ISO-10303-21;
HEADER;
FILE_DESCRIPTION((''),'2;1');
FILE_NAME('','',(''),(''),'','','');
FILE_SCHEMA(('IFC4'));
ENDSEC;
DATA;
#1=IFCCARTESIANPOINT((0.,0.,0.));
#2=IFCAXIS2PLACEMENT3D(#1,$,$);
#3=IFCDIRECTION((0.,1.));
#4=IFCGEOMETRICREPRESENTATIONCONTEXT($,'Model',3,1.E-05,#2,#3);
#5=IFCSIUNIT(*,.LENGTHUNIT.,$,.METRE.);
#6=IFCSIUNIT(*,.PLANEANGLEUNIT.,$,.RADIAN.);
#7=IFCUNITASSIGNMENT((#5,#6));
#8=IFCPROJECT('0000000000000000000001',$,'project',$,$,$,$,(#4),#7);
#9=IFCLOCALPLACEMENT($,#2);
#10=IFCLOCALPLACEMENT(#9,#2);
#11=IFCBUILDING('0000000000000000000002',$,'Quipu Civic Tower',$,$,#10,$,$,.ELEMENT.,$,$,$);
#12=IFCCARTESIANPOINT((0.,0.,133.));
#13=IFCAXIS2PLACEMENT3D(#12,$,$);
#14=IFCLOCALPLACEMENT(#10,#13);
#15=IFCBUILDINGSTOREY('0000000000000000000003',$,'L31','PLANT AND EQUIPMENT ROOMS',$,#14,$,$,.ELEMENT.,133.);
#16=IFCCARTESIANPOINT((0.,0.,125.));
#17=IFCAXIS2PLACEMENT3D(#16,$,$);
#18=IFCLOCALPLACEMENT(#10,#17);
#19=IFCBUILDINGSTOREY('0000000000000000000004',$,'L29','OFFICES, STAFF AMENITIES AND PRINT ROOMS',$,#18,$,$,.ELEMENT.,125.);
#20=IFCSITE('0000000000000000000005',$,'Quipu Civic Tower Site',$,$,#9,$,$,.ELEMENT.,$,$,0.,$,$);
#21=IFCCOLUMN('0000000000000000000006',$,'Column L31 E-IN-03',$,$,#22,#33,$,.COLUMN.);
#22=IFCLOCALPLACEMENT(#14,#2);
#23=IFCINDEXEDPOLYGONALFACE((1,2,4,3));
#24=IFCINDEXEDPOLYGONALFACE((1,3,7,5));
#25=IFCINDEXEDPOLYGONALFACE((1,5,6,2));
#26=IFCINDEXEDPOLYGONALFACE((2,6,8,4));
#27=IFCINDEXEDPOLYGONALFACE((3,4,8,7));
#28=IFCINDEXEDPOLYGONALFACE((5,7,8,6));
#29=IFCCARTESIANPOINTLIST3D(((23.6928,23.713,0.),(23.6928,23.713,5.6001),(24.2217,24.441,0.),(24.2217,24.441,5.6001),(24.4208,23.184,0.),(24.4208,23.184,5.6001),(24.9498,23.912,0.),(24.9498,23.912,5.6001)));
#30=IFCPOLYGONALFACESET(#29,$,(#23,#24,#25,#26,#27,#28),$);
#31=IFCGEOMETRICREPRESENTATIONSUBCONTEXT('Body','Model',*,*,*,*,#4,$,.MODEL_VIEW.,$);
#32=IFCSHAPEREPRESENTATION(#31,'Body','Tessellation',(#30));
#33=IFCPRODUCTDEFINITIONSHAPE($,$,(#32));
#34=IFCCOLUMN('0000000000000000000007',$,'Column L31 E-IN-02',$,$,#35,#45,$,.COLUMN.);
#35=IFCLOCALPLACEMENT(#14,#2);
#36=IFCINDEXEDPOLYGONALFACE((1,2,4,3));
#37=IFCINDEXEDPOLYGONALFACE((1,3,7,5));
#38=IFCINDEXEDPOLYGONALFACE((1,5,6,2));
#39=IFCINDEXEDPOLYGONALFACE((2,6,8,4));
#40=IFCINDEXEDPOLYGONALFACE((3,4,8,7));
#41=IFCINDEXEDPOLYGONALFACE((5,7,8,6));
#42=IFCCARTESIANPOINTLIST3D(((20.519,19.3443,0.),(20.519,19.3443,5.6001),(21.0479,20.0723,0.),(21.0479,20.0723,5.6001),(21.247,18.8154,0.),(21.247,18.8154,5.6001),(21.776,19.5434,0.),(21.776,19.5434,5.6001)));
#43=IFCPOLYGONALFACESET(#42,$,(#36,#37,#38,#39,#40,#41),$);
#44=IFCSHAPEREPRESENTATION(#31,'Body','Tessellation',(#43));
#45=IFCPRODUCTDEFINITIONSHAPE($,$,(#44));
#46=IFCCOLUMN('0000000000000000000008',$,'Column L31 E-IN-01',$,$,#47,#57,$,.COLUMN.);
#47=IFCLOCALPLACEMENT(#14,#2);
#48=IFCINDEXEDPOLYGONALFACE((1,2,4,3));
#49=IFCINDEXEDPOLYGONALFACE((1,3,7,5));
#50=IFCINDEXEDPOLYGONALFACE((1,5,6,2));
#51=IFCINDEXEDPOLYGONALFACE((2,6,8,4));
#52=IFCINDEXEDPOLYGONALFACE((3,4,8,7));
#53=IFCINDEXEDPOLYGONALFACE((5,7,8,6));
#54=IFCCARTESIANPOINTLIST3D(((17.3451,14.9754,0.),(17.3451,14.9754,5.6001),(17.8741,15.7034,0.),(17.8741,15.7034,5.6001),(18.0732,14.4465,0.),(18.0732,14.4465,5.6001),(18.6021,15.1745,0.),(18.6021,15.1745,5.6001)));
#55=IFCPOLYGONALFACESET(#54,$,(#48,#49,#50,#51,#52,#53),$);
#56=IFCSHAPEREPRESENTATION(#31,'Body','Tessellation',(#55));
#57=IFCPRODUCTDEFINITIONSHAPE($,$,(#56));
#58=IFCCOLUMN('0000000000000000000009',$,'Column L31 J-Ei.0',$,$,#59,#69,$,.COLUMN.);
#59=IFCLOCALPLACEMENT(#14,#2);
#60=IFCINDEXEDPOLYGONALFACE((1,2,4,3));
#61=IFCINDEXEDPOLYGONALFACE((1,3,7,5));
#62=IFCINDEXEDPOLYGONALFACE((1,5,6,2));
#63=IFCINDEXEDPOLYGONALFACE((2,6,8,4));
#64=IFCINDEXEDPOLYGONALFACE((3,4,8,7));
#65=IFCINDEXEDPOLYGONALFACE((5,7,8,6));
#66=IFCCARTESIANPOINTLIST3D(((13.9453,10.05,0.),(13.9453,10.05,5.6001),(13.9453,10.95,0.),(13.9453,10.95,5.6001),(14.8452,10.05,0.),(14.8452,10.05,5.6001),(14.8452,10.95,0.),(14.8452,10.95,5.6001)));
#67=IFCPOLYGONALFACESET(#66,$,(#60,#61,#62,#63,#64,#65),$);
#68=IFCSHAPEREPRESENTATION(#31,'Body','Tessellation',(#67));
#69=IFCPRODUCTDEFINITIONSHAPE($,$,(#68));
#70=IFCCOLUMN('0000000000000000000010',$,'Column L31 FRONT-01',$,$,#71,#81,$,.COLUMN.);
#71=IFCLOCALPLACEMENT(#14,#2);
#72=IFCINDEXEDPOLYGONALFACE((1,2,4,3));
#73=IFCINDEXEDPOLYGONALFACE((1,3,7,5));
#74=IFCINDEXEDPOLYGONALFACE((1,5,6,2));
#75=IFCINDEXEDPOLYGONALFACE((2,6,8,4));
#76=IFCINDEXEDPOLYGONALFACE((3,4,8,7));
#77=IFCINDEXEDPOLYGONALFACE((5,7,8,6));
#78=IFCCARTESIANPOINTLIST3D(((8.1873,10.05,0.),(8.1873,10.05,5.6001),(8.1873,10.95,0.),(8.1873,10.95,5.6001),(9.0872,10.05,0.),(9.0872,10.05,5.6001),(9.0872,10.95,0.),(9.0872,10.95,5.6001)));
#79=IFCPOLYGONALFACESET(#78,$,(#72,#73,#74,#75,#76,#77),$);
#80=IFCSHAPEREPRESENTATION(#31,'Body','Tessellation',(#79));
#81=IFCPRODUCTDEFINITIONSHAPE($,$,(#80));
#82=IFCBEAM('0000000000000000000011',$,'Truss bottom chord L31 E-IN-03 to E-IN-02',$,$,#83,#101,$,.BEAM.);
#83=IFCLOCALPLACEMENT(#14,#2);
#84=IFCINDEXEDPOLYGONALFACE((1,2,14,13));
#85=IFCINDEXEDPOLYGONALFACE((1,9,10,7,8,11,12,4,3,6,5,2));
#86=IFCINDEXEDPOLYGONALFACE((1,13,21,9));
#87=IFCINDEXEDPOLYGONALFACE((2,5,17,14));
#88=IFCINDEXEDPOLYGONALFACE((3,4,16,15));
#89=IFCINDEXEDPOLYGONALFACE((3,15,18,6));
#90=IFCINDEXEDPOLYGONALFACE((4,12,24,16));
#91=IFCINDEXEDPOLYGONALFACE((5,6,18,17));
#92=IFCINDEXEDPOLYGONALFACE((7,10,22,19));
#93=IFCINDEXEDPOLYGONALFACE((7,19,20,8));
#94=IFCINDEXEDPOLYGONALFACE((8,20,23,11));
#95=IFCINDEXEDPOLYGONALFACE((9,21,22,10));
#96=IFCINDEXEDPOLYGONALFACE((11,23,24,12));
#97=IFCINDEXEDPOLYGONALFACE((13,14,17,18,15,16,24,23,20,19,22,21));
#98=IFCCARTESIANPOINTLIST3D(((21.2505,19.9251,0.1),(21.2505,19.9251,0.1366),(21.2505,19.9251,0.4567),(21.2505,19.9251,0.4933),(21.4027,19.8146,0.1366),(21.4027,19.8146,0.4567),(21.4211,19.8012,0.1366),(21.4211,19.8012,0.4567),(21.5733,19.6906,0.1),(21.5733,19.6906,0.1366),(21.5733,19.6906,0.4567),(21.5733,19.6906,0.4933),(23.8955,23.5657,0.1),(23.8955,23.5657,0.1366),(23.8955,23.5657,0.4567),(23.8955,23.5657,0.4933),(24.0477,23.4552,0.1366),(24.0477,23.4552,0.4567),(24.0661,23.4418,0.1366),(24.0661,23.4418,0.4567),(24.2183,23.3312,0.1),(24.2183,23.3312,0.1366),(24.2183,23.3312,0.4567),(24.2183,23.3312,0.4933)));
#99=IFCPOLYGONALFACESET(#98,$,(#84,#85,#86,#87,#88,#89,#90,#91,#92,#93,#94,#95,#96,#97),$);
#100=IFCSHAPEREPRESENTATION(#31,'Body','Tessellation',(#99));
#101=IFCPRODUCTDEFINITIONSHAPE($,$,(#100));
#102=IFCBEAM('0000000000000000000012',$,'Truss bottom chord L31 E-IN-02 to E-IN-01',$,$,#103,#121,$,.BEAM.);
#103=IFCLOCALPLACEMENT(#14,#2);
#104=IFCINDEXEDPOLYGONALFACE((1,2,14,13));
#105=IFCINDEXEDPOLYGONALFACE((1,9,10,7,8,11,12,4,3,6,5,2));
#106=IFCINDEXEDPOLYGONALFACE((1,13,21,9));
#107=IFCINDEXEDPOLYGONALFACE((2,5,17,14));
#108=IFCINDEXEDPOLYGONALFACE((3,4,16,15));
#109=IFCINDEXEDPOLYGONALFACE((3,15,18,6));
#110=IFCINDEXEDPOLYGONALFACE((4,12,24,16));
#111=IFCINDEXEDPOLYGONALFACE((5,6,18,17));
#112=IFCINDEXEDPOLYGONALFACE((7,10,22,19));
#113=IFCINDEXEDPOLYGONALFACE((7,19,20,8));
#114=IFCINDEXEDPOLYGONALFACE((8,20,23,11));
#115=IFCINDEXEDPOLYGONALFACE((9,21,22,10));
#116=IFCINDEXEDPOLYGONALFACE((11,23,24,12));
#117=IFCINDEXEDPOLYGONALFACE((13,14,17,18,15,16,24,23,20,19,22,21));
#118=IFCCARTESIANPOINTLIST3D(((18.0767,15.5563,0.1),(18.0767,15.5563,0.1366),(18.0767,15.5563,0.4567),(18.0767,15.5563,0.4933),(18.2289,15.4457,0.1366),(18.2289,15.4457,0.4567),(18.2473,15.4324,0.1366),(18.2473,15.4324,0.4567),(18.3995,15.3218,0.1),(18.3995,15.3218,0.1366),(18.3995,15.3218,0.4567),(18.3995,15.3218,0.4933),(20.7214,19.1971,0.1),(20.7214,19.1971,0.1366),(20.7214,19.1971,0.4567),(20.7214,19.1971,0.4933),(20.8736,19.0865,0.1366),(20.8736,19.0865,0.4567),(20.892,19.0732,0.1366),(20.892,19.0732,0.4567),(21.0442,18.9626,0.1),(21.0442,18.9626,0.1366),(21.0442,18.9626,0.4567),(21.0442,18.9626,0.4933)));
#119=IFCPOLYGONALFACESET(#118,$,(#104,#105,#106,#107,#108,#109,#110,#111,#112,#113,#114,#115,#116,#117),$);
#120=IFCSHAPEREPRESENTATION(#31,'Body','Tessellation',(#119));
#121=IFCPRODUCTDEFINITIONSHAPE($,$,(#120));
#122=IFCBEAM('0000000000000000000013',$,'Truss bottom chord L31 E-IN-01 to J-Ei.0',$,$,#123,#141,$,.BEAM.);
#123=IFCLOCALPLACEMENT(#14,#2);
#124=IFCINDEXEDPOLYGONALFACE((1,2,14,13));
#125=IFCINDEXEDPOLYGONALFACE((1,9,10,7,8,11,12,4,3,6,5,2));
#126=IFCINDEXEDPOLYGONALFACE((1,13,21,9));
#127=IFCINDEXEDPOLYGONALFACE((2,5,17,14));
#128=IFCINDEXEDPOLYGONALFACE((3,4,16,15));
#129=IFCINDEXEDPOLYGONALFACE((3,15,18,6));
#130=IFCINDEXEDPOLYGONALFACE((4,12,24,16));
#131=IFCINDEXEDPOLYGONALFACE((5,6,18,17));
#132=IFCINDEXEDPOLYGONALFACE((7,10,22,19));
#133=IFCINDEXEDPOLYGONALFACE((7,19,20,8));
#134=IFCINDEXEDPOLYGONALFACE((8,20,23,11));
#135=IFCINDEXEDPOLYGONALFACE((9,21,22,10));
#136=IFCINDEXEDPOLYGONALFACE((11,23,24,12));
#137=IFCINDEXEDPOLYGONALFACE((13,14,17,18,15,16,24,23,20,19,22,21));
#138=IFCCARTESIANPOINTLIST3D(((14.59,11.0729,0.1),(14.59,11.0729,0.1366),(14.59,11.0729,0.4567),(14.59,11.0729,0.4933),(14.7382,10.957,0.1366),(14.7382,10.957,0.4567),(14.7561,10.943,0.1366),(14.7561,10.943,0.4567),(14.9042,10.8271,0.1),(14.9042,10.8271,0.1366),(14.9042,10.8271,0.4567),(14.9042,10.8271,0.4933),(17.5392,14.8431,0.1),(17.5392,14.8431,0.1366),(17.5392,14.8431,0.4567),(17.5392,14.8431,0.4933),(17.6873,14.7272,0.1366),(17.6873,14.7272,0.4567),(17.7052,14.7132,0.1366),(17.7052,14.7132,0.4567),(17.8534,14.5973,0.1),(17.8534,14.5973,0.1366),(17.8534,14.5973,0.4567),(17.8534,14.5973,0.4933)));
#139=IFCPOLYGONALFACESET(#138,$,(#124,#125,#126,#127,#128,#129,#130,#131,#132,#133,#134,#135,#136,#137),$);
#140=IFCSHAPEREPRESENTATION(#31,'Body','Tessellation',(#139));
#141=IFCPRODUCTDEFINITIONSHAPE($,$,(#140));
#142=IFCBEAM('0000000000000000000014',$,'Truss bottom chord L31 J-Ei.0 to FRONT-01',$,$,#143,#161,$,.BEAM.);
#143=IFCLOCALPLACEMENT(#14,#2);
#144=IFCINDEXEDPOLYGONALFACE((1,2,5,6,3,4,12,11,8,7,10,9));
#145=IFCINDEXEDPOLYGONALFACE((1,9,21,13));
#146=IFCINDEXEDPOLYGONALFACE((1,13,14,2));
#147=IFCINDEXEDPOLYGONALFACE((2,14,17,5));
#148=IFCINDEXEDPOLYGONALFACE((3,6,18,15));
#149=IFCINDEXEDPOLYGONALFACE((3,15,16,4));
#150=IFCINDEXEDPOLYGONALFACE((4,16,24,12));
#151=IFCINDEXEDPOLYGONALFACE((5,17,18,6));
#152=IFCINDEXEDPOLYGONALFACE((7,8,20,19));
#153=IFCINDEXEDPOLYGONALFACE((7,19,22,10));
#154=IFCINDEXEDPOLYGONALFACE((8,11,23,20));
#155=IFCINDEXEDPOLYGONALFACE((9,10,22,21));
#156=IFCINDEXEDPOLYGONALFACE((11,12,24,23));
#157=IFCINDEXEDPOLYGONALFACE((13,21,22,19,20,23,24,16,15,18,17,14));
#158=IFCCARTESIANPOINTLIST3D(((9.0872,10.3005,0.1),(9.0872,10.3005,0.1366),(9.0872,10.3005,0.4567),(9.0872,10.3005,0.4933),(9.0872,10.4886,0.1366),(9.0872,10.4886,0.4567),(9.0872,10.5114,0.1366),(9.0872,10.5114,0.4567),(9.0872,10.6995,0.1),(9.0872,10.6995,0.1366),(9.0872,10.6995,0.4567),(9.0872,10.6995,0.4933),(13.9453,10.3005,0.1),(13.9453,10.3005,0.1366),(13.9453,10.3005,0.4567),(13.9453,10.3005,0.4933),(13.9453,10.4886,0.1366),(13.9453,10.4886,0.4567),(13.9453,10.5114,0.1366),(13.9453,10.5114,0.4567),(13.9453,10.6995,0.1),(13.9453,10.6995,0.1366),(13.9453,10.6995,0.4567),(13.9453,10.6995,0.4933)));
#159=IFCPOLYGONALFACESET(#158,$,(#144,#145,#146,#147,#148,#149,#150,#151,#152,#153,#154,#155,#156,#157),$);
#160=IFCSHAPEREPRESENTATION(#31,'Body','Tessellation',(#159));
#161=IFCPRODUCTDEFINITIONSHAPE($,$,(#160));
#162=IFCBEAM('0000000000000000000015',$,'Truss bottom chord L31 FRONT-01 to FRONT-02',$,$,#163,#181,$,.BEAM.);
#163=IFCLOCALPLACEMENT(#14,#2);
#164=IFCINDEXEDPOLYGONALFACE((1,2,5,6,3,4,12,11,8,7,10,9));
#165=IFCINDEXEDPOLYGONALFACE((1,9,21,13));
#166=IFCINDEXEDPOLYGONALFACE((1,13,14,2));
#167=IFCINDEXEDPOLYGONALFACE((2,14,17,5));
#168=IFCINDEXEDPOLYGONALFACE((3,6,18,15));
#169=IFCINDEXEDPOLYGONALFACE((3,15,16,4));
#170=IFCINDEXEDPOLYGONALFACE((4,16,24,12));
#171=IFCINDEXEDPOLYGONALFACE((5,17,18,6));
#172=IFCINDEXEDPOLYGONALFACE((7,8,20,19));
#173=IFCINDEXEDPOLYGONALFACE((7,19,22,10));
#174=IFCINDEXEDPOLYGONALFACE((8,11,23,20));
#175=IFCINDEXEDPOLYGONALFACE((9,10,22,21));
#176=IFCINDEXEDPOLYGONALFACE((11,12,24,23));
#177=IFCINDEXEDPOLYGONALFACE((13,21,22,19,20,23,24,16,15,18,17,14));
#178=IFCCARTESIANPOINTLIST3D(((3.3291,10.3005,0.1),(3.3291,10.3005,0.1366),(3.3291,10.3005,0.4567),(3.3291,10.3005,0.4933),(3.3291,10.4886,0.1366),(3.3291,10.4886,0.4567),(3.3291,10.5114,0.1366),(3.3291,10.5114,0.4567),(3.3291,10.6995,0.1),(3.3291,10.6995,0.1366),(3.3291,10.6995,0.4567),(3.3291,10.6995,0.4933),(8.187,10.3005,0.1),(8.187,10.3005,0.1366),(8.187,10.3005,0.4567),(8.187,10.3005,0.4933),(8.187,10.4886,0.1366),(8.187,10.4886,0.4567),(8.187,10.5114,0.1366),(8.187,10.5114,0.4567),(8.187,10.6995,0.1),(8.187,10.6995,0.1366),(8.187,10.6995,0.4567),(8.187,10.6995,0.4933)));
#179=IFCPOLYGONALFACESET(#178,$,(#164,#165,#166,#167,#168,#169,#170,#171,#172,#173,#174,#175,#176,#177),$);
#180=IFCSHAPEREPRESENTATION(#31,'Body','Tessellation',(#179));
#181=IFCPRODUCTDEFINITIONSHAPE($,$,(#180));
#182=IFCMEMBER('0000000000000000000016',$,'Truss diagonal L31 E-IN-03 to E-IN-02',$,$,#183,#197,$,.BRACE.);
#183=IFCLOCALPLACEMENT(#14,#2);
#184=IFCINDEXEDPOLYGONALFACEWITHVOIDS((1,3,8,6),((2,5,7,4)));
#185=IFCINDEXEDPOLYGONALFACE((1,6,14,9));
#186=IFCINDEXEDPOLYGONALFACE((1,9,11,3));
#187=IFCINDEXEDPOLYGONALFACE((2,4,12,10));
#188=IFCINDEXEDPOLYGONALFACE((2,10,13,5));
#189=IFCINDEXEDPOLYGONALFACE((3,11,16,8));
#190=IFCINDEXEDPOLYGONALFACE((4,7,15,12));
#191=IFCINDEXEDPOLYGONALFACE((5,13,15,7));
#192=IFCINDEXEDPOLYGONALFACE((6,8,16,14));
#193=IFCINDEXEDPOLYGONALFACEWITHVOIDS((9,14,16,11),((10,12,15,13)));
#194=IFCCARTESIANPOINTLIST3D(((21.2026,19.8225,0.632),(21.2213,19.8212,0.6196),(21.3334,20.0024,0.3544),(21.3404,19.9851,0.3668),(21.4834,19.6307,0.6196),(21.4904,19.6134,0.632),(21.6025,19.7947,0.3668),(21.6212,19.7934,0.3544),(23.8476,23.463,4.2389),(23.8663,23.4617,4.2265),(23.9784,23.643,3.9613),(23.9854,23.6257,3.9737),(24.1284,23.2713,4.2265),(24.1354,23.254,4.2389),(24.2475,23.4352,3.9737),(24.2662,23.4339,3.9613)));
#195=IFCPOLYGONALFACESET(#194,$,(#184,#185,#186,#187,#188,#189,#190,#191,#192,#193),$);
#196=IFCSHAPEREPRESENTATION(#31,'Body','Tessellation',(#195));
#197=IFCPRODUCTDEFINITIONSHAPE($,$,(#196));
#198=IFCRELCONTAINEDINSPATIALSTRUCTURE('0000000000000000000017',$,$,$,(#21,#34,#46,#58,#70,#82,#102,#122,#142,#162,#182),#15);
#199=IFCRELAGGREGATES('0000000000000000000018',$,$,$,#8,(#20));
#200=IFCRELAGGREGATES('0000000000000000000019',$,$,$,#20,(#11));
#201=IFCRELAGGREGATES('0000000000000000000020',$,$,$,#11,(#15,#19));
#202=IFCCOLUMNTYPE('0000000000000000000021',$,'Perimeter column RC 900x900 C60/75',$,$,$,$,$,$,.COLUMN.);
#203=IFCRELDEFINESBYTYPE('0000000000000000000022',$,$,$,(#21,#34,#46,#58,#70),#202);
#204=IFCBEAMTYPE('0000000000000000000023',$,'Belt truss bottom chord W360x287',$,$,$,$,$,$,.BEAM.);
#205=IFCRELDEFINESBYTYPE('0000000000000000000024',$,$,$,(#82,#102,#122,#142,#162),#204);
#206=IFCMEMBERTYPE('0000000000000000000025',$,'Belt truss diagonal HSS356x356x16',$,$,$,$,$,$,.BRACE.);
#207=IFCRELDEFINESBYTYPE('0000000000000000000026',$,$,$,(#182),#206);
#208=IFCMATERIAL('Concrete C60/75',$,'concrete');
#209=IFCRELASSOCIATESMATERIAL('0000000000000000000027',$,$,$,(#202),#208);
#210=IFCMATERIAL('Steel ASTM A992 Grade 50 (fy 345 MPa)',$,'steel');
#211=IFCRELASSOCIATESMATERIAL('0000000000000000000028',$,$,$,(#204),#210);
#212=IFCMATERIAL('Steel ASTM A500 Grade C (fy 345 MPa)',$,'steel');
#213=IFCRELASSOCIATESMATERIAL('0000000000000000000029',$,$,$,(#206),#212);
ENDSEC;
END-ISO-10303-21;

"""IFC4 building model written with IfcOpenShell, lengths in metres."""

from ifc_helpers import new_model, si_unit, direction, frame, origin, origin_2d, place, context, subcontext, project, spatial, rectangle, hollow_rectangle, i_section, extrude, material, material_profile, profile_set, type_object, element, save


model = new_model("IFC4")

# Units and contexts
model_context = context("Model", 3, precision=1e-05, world=origin(), true_north=direction((0.0, 1.0)))
body_context = subcontext(model_context, "Body", "Model", "MODEL_VIEW")
ifc_project = project(units=[si_unit("LENGTHUNIT", "METRE"), si_unit("PLANEANGLEUNIT", "RADIAN")], contexts=[model_context])

# Site, building, storey
site_placement = place(None, origin())
site = spatial("IfcSite", under=ifc_project, at=site_placement, Name="Quipu Civic Tower Site", CompositionType="ELEMENT", RefElevation=0.0)
building_placement = place(site_placement, origin())
building = spatial("IfcBuilding", under=site, at=building_placement, Name="Quipu Civic Tower", CompositionType="ELEMENT")
storey_1_placement = place(building_placement, frame((0.0, 0.0, 133.0)))
storey_1 = spatial("IfcBuildingStorey", under=building, at=storey_1_placement, Name="L31", Description="PLANT AND EQUIPMENT ROOMS", CompositionType="ELEMENT", Elevation=133.0)

# Columns
ifc_material_1 = material(Name="Concrete C60/75", Category="concrete")
ifc_material_profile_1 = material_profile(ifc_material_1, rectangle(XDim=0.8999, YDim=0.8999, at=origin_2d()), Name="RC900x900")
ifc_profile_set_1 = profile_set([ifc_material_profile_1], Name="Concrete C60/75")
column_type = type_object("IfcColumnType", Name="Perimeter column RC 900x900 C60/75", PredefinedType="COLUMN", material=ifc_profile_set_1)
for number, where, z_axis, x_axis, name in (
    (1, (24.3213, 23.8125, 0.0), (0.0, 0.0, 1.0), (-0.587785, -0.809017, 0.0), "Column L31 E-IN-03"),
    (2, (21.1475, 19.4438, 0.0), (0.0, 0.0, 1.0), (-0.587785, -0.809017, 0.0), "Column L31 E-IN-02"),
    (3, (17.9736, 15.075, 0.0), (0.0, 0.0, 1.0), (-0.587785, -0.809017, 0.0), "Column L31 E-IN-01"),
    (4, (14.3953, 10.5, 0.0), (0.0, 0.0, 1.0), (-1.0, 0.0, 0.0), "Column L31 J-Ei.0"),
    (5, (8.6372, 10.5, 0.0), (0.0, 0.0, 1.0), (-1.0, 0.0, 0.0), "Column L31 FRONT-01"),
):
    element("IfcColumn", number, at=place(storey_1_placement, frame(where, z_axis=z_axis, x_axis=x_axis)), inside=storey_1, type_object=column_type, Name=name, PredefinedType="COLUMN", context=body_context, shape_type="SweptSolid", body=[
        extrude(rectangle(XDim=0.8999, YDim=0.8999, at=origin_2d()), origin(), (0.0, 0.0, 1.0), 5.6001),
    ])

# Beams
ifc_material_2 = material(Name="Steel ASTM A992 Grade 50 (fy 345 MPa)", Category="steel")
ifc_material_profile_2 = material_profile(ifc_material_2, i_section(OverallWidth=0.3989, OverallDepth=0.3933, WebThickness=0.0227, FlangeThickness=0.0366, at=origin_2d()), Name="W360x287")
ifc_profile_set_2 = profile_set([ifc_material_profile_2], Name="Steel ASTM A992 Grade 50 (fy 345 MPa)")
beam_type_1 = type_object("IfcBeamType", Name="Belt truss bottom chord W360x287", PredefinedType="BEAM", material=ifc_profile_set_2)
for number, where, z_axis, x_axis, name in (
    (6, (24.0569, 23.4485, 0.2966), (-0.587778, -0.809022, 0.0), (0.809022, -0.587778, 0.0), "Truss bottom chord L31 E-IN-03 to E-IN-02"),
    (7, (20.8828, 19.0798, 0.2966), (-0.587717, -0.809067, 0.0), (0.809067, -0.587717, 0.0), "Truss bottom chord L31 E-IN-02 to E-IN-01"),
):
    element("IfcBeam", number, at=place(storey_1_placement, frame(where, z_axis=z_axis, x_axis=x_axis)), inside=storey_1, type_object=beam_type_1, Name=name, PredefinedType="BEAM", context=body_context, shape_type="SweptSolid", body=[
        extrude(i_section(OverallWidth=0.3989, OverallDepth=0.3933, WebThickness=0.0227, FlangeThickness=0.0366, at=origin_2d()), origin(), (0.0, 0.0, 1.0), 4.5),
    ])
beam_1_placement = place(storey_1_placement, frame((17.6963, 14.7202, 0.2966), z_axis=(-0.616124, -0.787649, 0.0), x_axis=(0.787649, -0.616124, 0.0)))
element("IfcBeam", 8, at=beam_1_placement, inside=storey_1, type_object=beam_type_1, Name="Truss bottom chord L31 E-IN-01 to J-Ei.0", PredefinedType="BEAM", context=body_context, shape_type="SweptSolid", body=[
    extrude(i_section(OverallWidth=0.3989, OverallDepth=0.3933, WebThickness=0.0227, FlangeThickness=0.0366, at=origin_2d()), origin(), (0.0, 0.0, 1.0), 4.7866),
])
beam_2_placement = place(storey_1_placement, frame((13.9453, 10.5, 0.2966), z_axis=(-1.0, 0.0, 0.0), x_axis=(0.0, -1.0, 0.0)))
element("IfcBeam", 9, at=beam_2_placement, inside=storey_1, type_object=beam_type_1, Name="Truss bottom chord L31 J-Ei.0 to FRONT-01", PredefinedType="BEAM", context=body_context, shape_type="SweptSolid", body=[
    extrude(i_section(OverallWidth=0.3989, OverallDepth=0.3933, WebThickness=0.0227, FlangeThickness=0.0366, at=origin_2d()), origin(), (0.0, 0.0, 1.0), 4.8582),
])
beam_3_placement = place(storey_1_placement, frame((8.187, 10.5, 0.2966), z_axis=(-1.0, 0.0, 0.0), x_axis=(0.0, -1.0, 0.0)))
element("IfcBeam", 10, at=beam_3_placement, inside=storey_1, type_object=beam_type_1, Name="Truss bottom chord L31 FRONT-01 to FRONT-02", PredefinedType="BEAM", context=body_context, shape_type="SweptSolid", body=[
    extrude(i_section(OverallWidth=0.3989, OverallDepth=0.3933, WebThickness=0.0227, FlangeThickness=0.0366, at=origin_2d()), origin(), (0.0, 0.0, 1.0), 4.8579),
])

# Member
ifc_material_3 = material(Name="Steel ASTM A500 Grade C (fy 345 MPa)", Category="steel")
ifc_material_profile_3 = material_profile(ifc_material_3, hollow_rectangle(XDim=0.3557, YDim=0.3557, WallThickness=0.0159, at=origin_2d()), Name="HSS356x356x16")
ifc_profile_set_3 = profile_set([ifc_material_profile_3], Name="Steel ASTM A500 Grade C (fy 345 MPa)")
member_type_1 = type_object("IfcMemberType", Name="Belt truss diagonal HSS356x356x16", PredefinedType="BRACE", material=ifc_profile_set_3)
member_1_placement = place(storey_1_placement, frame((24.0569, 23.4485, 4.1001), z_axis=(-0.458634, -0.631267, -0.625425), x_axis=(0.809022, -0.587778, 0.0)))
element("IfcMember", 11, at=member_1_placement, inside=storey_1, type_object=member_type_1, Name="Truss diagonal L31 E-IN-03 to E-IN-02", PredefinedType="BRACE", context=body_context, shape_type="SweptSolid", body=[
    extrude(hollow_rectangle(XDim=0.3557, YDim=0.3557, WallThickness=0.0159, at=origin_2d()), origin(), (0.0, 0.0, 1.0), 5.7671),
])

# Shared definitions
storey_2_placement = place(building_placement, frame((0.0, 0.0, 125.0)))
storey_2 = spatial("IfcBuildingStorey", under=building, at=storey_2_placement, Name="L29", Description="OFFICES, STAFF AMENITIES AND PRINT ROOMS", CompositionType="ELEMENT", Elevation=125.0)

save(model, "model.ifc")
